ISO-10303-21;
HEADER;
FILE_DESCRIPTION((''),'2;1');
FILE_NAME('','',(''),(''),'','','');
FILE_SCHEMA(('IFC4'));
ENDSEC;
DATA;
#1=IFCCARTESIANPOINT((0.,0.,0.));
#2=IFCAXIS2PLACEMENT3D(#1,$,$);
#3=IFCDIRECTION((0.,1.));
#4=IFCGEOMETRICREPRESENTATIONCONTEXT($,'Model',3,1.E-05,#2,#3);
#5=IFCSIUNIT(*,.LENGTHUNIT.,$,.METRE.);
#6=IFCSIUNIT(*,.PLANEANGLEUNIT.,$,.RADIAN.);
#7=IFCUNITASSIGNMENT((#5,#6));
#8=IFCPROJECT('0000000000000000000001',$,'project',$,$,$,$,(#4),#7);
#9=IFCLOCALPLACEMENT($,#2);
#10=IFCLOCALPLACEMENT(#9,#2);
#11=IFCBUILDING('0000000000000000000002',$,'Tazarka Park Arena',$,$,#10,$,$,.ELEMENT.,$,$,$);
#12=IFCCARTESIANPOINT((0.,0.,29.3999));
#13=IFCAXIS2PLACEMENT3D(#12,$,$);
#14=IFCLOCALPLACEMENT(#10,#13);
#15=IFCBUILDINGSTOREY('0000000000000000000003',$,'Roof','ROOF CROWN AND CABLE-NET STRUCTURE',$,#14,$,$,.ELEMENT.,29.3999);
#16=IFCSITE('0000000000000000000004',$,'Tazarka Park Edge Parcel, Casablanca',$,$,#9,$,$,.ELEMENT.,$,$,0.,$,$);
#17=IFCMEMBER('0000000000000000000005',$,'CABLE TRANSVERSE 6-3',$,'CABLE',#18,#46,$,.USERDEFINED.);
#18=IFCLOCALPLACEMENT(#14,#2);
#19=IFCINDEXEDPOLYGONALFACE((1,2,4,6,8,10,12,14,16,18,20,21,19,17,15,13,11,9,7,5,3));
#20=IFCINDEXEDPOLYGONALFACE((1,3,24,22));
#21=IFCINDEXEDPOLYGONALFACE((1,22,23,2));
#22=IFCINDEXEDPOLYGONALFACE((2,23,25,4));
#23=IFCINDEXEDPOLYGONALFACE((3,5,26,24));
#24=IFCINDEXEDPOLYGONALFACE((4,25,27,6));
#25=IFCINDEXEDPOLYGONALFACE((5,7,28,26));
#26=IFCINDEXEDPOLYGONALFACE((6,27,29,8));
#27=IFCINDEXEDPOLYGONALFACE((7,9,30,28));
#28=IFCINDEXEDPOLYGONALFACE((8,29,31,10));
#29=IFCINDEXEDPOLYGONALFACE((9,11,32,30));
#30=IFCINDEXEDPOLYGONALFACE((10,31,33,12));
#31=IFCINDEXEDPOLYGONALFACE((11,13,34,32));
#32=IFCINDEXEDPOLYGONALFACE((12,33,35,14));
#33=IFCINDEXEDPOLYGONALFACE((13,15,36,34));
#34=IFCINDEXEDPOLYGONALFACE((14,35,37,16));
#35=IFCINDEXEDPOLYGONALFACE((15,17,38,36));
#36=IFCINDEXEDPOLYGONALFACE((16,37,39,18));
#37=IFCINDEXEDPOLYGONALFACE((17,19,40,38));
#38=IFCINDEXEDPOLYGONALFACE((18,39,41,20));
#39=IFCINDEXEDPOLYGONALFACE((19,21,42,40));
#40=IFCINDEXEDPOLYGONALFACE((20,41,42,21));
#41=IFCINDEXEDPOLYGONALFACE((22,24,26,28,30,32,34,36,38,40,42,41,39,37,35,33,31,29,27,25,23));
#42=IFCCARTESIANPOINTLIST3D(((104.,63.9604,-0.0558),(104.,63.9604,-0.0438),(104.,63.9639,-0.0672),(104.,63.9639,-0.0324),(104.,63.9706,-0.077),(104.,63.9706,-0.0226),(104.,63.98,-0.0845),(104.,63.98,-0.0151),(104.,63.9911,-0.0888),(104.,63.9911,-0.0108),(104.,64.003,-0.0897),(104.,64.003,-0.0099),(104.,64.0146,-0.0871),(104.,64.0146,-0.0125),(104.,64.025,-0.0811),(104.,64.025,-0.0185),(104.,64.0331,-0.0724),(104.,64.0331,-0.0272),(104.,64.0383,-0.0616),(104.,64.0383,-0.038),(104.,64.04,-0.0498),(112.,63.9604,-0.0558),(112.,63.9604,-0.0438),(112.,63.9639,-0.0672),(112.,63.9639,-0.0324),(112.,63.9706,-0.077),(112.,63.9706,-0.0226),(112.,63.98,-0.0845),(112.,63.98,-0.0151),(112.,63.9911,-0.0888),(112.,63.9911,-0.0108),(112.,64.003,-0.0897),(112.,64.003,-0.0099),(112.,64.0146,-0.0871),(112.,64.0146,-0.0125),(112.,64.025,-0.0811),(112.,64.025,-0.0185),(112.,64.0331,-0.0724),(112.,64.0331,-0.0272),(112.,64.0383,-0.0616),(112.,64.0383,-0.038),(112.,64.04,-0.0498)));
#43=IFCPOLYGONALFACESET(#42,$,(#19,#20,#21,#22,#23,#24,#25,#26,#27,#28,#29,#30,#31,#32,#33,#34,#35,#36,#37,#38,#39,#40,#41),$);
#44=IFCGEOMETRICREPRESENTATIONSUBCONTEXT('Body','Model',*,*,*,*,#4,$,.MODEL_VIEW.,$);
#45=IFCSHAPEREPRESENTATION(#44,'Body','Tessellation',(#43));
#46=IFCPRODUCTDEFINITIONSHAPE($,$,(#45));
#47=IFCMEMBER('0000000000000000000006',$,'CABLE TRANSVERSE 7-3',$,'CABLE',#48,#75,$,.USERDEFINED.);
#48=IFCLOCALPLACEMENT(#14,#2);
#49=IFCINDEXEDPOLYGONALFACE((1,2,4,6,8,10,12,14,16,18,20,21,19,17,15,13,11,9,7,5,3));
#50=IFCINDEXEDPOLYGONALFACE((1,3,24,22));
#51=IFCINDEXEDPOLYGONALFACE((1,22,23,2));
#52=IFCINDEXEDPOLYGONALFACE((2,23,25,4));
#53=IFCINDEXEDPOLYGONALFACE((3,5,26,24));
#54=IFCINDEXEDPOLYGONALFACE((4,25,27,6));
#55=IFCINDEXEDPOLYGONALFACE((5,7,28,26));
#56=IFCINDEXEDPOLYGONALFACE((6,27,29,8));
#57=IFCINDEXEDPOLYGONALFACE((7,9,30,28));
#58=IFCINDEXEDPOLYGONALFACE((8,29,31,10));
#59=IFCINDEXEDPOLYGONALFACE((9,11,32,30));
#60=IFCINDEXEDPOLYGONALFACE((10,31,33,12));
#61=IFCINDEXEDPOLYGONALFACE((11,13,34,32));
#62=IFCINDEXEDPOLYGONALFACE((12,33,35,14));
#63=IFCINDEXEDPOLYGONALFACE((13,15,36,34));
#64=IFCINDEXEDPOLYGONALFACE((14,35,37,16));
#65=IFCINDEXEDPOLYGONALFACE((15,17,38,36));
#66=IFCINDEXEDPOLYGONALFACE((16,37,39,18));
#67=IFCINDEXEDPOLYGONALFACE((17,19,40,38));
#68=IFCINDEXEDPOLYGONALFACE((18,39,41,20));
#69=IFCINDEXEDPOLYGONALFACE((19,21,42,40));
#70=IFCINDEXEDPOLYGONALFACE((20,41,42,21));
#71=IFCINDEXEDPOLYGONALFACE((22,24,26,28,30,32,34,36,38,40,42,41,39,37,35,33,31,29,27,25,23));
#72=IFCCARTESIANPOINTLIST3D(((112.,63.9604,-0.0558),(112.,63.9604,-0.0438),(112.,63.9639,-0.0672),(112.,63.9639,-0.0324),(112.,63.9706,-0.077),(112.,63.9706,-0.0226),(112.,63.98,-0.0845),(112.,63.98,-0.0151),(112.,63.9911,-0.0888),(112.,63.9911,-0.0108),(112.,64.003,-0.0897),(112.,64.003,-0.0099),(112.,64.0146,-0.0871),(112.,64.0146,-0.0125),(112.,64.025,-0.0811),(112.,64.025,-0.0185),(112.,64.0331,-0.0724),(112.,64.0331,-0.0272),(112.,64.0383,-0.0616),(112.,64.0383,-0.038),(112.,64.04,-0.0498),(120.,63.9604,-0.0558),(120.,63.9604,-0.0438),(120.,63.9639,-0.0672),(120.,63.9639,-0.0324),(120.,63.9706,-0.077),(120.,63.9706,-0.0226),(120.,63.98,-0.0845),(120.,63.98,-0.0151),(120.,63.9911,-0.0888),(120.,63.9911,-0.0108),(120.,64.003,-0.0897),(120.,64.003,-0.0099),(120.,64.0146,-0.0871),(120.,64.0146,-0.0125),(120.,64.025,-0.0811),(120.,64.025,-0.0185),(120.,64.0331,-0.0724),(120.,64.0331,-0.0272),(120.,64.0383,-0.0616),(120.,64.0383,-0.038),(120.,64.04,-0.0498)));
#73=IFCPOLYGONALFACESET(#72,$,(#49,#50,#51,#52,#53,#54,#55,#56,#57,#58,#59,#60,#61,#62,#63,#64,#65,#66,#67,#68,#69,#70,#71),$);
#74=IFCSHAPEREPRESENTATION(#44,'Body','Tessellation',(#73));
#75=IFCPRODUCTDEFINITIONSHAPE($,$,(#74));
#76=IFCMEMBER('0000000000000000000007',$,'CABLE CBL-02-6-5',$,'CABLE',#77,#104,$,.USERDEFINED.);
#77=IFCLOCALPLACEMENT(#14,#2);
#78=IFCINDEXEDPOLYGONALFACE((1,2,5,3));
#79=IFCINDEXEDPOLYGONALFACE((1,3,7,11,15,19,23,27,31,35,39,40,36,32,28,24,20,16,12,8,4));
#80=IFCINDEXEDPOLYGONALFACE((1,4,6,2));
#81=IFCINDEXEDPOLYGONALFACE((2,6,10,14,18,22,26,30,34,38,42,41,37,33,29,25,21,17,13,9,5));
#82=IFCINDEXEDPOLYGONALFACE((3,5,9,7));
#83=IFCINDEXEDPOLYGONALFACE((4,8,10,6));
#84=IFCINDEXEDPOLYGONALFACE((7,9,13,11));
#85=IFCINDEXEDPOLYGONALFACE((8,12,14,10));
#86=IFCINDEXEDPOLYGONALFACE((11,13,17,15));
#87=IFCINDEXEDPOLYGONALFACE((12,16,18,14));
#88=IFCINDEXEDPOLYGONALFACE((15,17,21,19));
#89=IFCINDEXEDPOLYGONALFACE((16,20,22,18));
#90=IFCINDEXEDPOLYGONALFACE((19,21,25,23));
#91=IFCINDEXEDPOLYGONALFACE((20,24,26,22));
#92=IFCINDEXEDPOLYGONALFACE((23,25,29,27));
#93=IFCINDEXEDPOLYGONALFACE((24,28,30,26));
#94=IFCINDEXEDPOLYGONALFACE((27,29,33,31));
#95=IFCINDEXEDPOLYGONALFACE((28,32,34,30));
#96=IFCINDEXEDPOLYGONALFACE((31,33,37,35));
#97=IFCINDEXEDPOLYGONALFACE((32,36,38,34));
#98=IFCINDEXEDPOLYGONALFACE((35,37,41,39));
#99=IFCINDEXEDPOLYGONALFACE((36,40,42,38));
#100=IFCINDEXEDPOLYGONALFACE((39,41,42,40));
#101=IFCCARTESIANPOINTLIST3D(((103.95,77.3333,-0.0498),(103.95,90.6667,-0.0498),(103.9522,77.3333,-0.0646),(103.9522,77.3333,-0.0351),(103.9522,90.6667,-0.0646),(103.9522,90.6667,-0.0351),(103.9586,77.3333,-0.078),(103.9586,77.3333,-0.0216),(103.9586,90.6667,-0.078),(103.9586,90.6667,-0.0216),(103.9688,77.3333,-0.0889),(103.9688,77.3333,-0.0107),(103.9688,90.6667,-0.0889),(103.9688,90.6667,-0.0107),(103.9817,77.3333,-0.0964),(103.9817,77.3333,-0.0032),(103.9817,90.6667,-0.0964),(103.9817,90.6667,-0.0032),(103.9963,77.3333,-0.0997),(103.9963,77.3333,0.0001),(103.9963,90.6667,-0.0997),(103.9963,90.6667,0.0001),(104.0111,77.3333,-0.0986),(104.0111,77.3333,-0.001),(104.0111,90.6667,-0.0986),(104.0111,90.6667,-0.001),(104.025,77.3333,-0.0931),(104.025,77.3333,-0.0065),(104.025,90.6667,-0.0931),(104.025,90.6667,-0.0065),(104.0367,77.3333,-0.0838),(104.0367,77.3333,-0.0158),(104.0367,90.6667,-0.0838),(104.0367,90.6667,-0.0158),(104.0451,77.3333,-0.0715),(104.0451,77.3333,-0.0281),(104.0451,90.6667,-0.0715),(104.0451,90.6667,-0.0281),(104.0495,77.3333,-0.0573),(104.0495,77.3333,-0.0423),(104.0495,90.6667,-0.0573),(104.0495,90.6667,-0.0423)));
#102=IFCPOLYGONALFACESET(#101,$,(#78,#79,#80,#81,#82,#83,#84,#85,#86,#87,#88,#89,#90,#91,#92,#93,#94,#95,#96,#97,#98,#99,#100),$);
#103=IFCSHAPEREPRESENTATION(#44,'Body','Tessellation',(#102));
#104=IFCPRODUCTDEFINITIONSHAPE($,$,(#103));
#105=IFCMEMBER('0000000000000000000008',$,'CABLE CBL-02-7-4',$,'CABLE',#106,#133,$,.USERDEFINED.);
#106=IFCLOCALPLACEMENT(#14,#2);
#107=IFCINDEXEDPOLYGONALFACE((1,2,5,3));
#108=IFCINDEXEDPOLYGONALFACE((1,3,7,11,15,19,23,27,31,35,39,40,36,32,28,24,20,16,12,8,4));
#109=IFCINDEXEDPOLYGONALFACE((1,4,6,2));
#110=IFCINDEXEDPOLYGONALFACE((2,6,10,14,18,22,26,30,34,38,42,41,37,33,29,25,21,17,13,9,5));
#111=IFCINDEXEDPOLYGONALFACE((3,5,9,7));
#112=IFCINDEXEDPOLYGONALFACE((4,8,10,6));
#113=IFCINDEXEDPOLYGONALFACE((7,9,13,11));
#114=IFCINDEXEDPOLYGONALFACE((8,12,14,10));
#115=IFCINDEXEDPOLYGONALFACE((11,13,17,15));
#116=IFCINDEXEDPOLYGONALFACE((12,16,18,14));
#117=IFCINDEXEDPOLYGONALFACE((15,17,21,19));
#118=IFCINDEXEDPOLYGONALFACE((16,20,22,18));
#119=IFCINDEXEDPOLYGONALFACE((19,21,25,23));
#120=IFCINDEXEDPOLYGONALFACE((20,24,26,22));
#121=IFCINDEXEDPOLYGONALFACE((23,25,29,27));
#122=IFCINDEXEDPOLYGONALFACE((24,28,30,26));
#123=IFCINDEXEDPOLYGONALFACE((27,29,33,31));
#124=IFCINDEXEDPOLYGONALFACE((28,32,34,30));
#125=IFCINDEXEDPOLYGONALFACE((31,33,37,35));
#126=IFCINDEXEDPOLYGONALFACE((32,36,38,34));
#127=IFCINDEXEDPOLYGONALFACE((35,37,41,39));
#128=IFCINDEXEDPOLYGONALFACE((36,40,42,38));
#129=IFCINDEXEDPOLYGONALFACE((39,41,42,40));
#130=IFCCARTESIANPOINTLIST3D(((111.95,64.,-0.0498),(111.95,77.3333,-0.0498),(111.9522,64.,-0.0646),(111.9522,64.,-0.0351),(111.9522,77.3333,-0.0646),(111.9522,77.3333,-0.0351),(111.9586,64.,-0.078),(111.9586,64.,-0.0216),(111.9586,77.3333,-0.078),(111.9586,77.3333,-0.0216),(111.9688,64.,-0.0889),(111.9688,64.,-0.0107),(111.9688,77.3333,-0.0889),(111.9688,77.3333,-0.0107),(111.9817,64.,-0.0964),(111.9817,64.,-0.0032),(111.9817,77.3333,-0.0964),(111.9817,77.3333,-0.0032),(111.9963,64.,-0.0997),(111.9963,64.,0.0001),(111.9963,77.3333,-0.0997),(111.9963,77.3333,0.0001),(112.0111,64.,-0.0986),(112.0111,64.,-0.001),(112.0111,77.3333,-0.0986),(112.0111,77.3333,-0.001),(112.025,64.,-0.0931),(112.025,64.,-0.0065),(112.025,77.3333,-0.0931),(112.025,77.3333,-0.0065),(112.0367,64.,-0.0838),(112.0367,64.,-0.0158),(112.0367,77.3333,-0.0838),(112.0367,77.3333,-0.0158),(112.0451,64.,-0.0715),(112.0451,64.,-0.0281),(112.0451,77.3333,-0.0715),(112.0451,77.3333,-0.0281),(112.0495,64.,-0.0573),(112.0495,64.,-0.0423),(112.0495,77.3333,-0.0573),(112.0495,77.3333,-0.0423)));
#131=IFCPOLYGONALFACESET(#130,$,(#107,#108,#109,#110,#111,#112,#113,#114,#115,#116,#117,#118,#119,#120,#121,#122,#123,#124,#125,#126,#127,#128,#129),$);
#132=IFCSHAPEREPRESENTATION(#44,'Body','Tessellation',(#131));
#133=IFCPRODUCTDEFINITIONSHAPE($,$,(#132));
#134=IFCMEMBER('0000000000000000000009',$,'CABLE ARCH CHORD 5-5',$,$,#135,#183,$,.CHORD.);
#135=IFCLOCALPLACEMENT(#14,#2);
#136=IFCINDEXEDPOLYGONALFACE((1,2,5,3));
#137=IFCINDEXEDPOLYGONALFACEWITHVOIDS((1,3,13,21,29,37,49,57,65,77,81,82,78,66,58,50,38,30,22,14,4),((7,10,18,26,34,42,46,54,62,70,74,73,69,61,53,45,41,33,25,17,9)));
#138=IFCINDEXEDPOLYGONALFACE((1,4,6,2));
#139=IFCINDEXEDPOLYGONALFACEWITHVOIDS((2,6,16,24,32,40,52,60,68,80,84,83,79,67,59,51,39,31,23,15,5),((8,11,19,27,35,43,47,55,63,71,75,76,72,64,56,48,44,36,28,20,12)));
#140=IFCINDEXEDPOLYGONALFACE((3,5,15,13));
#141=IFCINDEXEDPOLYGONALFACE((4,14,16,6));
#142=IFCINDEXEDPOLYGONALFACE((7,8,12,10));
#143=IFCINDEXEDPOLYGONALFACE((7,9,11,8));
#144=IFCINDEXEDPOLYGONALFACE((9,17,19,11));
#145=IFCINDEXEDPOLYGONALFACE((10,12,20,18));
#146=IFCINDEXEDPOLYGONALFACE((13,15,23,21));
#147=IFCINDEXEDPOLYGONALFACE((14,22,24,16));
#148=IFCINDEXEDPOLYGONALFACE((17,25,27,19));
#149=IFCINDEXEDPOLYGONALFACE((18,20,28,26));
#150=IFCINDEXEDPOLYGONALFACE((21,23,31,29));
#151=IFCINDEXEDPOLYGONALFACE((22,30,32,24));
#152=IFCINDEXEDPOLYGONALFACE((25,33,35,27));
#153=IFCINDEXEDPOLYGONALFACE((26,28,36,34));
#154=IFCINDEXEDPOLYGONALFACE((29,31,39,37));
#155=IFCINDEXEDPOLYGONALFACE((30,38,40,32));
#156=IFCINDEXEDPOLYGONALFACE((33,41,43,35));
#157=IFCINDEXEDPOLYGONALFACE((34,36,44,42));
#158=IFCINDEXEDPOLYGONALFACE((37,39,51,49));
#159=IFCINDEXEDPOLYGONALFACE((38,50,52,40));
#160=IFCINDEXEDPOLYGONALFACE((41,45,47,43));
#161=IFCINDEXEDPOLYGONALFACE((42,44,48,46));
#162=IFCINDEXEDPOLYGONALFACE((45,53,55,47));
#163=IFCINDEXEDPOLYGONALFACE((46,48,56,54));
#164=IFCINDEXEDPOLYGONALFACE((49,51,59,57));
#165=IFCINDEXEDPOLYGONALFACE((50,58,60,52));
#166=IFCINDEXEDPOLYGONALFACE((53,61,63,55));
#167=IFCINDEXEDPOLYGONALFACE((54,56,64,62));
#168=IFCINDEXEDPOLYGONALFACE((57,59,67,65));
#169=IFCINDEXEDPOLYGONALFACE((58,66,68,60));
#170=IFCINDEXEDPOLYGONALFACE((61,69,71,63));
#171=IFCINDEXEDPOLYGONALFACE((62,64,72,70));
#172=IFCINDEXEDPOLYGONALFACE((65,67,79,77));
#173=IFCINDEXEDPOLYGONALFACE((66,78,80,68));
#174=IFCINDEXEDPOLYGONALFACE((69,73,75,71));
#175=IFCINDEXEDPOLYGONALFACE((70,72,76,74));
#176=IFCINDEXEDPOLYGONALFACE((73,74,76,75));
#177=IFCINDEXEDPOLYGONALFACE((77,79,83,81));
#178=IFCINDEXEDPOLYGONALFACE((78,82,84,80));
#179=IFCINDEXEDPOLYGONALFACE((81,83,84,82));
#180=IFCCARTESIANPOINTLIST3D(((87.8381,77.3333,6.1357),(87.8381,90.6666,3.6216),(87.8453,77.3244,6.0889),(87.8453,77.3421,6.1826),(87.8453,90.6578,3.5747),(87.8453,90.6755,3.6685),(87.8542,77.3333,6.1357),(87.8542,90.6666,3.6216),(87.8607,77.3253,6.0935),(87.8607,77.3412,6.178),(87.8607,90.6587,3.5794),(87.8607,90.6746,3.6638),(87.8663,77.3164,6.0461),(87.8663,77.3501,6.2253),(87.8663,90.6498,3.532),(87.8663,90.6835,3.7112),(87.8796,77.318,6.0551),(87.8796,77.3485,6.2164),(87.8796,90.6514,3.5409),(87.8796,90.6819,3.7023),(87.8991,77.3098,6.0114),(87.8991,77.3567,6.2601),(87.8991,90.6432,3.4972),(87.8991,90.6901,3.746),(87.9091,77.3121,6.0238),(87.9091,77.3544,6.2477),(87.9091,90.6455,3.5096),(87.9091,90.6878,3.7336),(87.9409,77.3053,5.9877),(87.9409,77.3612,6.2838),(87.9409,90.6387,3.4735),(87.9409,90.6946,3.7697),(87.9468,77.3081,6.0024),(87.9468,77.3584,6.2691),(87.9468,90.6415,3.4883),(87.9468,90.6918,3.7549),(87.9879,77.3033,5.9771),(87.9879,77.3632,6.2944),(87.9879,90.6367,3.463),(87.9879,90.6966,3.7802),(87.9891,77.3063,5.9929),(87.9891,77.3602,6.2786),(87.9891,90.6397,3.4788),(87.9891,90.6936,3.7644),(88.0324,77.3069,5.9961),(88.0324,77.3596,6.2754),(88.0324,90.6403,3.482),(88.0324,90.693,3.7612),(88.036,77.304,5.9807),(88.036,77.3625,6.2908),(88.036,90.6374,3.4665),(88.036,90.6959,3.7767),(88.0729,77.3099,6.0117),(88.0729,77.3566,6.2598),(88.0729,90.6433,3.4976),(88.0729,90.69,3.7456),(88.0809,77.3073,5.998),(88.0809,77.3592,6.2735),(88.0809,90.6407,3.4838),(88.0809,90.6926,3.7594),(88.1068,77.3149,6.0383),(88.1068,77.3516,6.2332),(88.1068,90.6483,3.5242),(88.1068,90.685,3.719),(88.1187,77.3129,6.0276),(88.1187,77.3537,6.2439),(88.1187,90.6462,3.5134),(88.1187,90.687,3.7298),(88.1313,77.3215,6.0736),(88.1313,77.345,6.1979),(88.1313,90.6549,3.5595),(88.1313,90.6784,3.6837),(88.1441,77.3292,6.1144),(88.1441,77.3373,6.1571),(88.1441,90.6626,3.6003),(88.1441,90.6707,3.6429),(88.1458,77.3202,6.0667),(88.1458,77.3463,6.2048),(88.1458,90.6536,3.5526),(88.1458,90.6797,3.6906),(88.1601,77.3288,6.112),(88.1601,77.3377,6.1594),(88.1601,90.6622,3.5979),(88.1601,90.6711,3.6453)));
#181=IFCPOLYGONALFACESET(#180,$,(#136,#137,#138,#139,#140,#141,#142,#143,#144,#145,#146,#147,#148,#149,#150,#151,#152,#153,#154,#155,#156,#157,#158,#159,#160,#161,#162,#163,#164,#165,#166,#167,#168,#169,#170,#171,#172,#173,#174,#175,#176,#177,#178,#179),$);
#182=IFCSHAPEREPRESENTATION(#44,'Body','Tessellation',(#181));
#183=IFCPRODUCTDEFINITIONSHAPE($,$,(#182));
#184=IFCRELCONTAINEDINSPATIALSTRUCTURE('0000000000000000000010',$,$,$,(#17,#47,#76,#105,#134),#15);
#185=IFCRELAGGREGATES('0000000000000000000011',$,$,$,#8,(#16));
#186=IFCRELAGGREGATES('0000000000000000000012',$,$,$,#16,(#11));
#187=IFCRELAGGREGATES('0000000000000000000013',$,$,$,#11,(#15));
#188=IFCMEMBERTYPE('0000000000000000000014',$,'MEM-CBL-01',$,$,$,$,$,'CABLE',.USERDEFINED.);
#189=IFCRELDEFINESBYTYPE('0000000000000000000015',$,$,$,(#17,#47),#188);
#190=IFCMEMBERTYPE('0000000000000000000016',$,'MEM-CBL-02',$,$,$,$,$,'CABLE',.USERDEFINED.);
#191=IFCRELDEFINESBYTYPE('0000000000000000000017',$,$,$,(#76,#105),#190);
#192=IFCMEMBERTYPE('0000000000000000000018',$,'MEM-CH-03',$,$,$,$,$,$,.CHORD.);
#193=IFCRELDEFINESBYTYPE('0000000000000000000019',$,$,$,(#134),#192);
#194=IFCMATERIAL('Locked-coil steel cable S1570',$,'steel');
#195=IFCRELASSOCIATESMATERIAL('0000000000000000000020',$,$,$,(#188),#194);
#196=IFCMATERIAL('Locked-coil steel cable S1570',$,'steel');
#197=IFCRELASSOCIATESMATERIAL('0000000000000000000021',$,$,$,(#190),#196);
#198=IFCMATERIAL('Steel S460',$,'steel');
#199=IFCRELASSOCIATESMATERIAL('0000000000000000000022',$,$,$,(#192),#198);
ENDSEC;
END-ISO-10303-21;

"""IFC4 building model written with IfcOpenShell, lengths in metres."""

from ifc_helpers import new_model, si_unit, direction, frame, origin, origin_2d, place, context, subcontext, project, spatial, circle, hollow_circle, extrude, material, material_profile, profile_set, type_object, element, save


model = new_model("IFC4")

# Units and contexts
model_context = context("Model", 3, precision=1e-05, world=origin(), true_north=direction((0.0, 1.0)))
body_context = subcontext(model_context, "Body", "Model", "MODEL_VIEW")
ifc_project = project(units=[si_unit("LENGTHUNIT", "METRE"), si_unit("PLANEANGLEUNIT", "RADIAN")], contexts=[model_context])

# Site, building, storey
site_placement = place(None, origin())
site = spatial("IfcSite", under=ifc_project, at=site_placement, Name="Tazarka Park Edge Parcel, Casablanca", CompositionType="ELEMENT", RefElevation=0.0)
building_placement = place(site_placement, origin())
building = spatial("IfcBuilding", under=site, at=building_placement, Name="Tazarka Park Arena", CompositionType="ELEMENT")
storey_placement = place(building_placement, frame((0.0, 0.0, 29.3999)))
storey = spatial("IfcBuildingStorey", under=building, at=storey_placement, Name="Roof", Description="ROOF CROWN AND CABLE-NET STRUCTURE", CompositionType="ELEMENT", Elevation=29.3999)

# Members
ifc_material_1 = material(Name="Locked-coil steel cable S1570", Category="steel")
ifc_material_profile_1 = material_profile(ifc_material_1, circle(Radius=0.04, at=origin_2d()), Name="Locked-coil steel cable S1570")
ifc_profile_set_1 = profile_set([ifc_material_profile_1], Name="Locked-coil steel cable S1570")
member_type_1 = type_object("IfcMemberType", Name="MEM-CBL-01", ElementType="CABLE", PredefinedType="USERDEFINED", material=ifc_profile_set_1)
for number, where, z_axis, x_axis, name in (
    (1, (104.0, 64.0, -0.0498), (1.0, 0.0, 0.0), (0.0, 1.0, 0.0), "CABLE TRANSVERSE 6-3"),
    (2, (112.0, 64.0, -0.0498), (1.0, 0.0, 0.0), (0.0, 1.0, 0.0), "CABLE TRANSVERSE 7-3"),
):
    element("IfcMember", number, at=place(storey_placement, frame(where, z_axis=z_axis, x_axis=x_axis)), inside=storey, type_object=member_type_1, Name=name, ObjectType="CABLE", PredefinedType="USERDEFINED", context=body_context, shape_type="SweptSolid", body=[
        extrude(circle(Radius=0.04, at=origin_2d()), origin(), (0.0, 0.0, 1.0), 8.0),
    ])
ifc_material_2 = material(Name="Locked-coil steel cable S1570", Category="steel")
ifc_material_profile_2 = material_profile(ifc_material_2, circle(Radius=0.05, at=origin_2d()), Name="Locked-coil steel cable S1570")
ifc_profile_set_2 = profile_set([ifc_material_profile_2], Name="Locked-coil steel cable S1570")
member_type_2 = type_object("IfcMemberType", Name="MEM-CBL-02", ElementType="CABLE", PredefinedType="USERDEFINED", material=ifc_profile_set_2)
member_1_placement = place(storey_placement, frame((104.0, 77.3333, -0.0498), z_axis=(0.0, 1.0, 0.0), x_axis=(-1.0, 0.0, 0.0)))
element("IfcMember", 3, at=member_1_placement, inside=storey, type_object=member_type_2, Name="CABLE CBL-02-6-5", ObjectType="CABLE", PredefinedType="USERDEFINED", context=body_context, shape_type="SweptSolid", body=[
    extrude(circle(Radius=0.05, at=origin_2d()), origin(), (0.0, 0.0, 1.0), 13.3335),
])
member_2_placement = place(storey_placement, frame((112.0, 64.0, -0.0498), z_axis=(0.0, 1.0, 0.0), x_axis=(-1.0, 0.0, 0.0)))
element("IfcMember", 4, at=member_2_placement, inside=storey, type_object=member_type_2, Name="CABLE CBL-02-7-4", ObjectType="CABLE", PredefinedType="USERDEFINED", context=body_context, shape_type="SweptSolid", body=[
    extrude(circle(Radius=0.05, at=origin_2d()), origin(), (0.0, 0.0, 1.0), 13.3333),
])
ifc_material_3 = material(Name="Steel S460", Category="steel")
ifc_material_profile_3 = material_profile(ifc_material_3, hollow_circle(Radius=0.1619, WallThickness=0.0161, at=origin_2d()), Name="Steel S460")
ifc_profile_set_3 = profile_set([ifc_material_profile_3], Name="Steel S460")
member_type_3 = type_object("IfcMemberType", Name="MEM-CH-03", PredefinedType="CHORD", material=ifc_profile_set_3)
member_3_placement = place(storey_placement, frame((88.0, 77.3333, 6.1357), z_axis=(0.0, 0.982683, -0.185294), x_axis=(-1.0, 0.0, 0.0)))
element("IfcMember", 5, at=member_3_placement, inside=storey, type_object=member_type_3, Name="CABLE ARCH CHORD 5-5", PredefinedType="CHORD", context=body_context, shape_type="SweptSolid", body=[
    extrude(hollow_circle(Radius=0.1619, WallThickness=0.0161, at=origin_2d()), origin(), (0.0, 0.0, 1.0), 13.5684),
])

save(model, "model.ifc")
